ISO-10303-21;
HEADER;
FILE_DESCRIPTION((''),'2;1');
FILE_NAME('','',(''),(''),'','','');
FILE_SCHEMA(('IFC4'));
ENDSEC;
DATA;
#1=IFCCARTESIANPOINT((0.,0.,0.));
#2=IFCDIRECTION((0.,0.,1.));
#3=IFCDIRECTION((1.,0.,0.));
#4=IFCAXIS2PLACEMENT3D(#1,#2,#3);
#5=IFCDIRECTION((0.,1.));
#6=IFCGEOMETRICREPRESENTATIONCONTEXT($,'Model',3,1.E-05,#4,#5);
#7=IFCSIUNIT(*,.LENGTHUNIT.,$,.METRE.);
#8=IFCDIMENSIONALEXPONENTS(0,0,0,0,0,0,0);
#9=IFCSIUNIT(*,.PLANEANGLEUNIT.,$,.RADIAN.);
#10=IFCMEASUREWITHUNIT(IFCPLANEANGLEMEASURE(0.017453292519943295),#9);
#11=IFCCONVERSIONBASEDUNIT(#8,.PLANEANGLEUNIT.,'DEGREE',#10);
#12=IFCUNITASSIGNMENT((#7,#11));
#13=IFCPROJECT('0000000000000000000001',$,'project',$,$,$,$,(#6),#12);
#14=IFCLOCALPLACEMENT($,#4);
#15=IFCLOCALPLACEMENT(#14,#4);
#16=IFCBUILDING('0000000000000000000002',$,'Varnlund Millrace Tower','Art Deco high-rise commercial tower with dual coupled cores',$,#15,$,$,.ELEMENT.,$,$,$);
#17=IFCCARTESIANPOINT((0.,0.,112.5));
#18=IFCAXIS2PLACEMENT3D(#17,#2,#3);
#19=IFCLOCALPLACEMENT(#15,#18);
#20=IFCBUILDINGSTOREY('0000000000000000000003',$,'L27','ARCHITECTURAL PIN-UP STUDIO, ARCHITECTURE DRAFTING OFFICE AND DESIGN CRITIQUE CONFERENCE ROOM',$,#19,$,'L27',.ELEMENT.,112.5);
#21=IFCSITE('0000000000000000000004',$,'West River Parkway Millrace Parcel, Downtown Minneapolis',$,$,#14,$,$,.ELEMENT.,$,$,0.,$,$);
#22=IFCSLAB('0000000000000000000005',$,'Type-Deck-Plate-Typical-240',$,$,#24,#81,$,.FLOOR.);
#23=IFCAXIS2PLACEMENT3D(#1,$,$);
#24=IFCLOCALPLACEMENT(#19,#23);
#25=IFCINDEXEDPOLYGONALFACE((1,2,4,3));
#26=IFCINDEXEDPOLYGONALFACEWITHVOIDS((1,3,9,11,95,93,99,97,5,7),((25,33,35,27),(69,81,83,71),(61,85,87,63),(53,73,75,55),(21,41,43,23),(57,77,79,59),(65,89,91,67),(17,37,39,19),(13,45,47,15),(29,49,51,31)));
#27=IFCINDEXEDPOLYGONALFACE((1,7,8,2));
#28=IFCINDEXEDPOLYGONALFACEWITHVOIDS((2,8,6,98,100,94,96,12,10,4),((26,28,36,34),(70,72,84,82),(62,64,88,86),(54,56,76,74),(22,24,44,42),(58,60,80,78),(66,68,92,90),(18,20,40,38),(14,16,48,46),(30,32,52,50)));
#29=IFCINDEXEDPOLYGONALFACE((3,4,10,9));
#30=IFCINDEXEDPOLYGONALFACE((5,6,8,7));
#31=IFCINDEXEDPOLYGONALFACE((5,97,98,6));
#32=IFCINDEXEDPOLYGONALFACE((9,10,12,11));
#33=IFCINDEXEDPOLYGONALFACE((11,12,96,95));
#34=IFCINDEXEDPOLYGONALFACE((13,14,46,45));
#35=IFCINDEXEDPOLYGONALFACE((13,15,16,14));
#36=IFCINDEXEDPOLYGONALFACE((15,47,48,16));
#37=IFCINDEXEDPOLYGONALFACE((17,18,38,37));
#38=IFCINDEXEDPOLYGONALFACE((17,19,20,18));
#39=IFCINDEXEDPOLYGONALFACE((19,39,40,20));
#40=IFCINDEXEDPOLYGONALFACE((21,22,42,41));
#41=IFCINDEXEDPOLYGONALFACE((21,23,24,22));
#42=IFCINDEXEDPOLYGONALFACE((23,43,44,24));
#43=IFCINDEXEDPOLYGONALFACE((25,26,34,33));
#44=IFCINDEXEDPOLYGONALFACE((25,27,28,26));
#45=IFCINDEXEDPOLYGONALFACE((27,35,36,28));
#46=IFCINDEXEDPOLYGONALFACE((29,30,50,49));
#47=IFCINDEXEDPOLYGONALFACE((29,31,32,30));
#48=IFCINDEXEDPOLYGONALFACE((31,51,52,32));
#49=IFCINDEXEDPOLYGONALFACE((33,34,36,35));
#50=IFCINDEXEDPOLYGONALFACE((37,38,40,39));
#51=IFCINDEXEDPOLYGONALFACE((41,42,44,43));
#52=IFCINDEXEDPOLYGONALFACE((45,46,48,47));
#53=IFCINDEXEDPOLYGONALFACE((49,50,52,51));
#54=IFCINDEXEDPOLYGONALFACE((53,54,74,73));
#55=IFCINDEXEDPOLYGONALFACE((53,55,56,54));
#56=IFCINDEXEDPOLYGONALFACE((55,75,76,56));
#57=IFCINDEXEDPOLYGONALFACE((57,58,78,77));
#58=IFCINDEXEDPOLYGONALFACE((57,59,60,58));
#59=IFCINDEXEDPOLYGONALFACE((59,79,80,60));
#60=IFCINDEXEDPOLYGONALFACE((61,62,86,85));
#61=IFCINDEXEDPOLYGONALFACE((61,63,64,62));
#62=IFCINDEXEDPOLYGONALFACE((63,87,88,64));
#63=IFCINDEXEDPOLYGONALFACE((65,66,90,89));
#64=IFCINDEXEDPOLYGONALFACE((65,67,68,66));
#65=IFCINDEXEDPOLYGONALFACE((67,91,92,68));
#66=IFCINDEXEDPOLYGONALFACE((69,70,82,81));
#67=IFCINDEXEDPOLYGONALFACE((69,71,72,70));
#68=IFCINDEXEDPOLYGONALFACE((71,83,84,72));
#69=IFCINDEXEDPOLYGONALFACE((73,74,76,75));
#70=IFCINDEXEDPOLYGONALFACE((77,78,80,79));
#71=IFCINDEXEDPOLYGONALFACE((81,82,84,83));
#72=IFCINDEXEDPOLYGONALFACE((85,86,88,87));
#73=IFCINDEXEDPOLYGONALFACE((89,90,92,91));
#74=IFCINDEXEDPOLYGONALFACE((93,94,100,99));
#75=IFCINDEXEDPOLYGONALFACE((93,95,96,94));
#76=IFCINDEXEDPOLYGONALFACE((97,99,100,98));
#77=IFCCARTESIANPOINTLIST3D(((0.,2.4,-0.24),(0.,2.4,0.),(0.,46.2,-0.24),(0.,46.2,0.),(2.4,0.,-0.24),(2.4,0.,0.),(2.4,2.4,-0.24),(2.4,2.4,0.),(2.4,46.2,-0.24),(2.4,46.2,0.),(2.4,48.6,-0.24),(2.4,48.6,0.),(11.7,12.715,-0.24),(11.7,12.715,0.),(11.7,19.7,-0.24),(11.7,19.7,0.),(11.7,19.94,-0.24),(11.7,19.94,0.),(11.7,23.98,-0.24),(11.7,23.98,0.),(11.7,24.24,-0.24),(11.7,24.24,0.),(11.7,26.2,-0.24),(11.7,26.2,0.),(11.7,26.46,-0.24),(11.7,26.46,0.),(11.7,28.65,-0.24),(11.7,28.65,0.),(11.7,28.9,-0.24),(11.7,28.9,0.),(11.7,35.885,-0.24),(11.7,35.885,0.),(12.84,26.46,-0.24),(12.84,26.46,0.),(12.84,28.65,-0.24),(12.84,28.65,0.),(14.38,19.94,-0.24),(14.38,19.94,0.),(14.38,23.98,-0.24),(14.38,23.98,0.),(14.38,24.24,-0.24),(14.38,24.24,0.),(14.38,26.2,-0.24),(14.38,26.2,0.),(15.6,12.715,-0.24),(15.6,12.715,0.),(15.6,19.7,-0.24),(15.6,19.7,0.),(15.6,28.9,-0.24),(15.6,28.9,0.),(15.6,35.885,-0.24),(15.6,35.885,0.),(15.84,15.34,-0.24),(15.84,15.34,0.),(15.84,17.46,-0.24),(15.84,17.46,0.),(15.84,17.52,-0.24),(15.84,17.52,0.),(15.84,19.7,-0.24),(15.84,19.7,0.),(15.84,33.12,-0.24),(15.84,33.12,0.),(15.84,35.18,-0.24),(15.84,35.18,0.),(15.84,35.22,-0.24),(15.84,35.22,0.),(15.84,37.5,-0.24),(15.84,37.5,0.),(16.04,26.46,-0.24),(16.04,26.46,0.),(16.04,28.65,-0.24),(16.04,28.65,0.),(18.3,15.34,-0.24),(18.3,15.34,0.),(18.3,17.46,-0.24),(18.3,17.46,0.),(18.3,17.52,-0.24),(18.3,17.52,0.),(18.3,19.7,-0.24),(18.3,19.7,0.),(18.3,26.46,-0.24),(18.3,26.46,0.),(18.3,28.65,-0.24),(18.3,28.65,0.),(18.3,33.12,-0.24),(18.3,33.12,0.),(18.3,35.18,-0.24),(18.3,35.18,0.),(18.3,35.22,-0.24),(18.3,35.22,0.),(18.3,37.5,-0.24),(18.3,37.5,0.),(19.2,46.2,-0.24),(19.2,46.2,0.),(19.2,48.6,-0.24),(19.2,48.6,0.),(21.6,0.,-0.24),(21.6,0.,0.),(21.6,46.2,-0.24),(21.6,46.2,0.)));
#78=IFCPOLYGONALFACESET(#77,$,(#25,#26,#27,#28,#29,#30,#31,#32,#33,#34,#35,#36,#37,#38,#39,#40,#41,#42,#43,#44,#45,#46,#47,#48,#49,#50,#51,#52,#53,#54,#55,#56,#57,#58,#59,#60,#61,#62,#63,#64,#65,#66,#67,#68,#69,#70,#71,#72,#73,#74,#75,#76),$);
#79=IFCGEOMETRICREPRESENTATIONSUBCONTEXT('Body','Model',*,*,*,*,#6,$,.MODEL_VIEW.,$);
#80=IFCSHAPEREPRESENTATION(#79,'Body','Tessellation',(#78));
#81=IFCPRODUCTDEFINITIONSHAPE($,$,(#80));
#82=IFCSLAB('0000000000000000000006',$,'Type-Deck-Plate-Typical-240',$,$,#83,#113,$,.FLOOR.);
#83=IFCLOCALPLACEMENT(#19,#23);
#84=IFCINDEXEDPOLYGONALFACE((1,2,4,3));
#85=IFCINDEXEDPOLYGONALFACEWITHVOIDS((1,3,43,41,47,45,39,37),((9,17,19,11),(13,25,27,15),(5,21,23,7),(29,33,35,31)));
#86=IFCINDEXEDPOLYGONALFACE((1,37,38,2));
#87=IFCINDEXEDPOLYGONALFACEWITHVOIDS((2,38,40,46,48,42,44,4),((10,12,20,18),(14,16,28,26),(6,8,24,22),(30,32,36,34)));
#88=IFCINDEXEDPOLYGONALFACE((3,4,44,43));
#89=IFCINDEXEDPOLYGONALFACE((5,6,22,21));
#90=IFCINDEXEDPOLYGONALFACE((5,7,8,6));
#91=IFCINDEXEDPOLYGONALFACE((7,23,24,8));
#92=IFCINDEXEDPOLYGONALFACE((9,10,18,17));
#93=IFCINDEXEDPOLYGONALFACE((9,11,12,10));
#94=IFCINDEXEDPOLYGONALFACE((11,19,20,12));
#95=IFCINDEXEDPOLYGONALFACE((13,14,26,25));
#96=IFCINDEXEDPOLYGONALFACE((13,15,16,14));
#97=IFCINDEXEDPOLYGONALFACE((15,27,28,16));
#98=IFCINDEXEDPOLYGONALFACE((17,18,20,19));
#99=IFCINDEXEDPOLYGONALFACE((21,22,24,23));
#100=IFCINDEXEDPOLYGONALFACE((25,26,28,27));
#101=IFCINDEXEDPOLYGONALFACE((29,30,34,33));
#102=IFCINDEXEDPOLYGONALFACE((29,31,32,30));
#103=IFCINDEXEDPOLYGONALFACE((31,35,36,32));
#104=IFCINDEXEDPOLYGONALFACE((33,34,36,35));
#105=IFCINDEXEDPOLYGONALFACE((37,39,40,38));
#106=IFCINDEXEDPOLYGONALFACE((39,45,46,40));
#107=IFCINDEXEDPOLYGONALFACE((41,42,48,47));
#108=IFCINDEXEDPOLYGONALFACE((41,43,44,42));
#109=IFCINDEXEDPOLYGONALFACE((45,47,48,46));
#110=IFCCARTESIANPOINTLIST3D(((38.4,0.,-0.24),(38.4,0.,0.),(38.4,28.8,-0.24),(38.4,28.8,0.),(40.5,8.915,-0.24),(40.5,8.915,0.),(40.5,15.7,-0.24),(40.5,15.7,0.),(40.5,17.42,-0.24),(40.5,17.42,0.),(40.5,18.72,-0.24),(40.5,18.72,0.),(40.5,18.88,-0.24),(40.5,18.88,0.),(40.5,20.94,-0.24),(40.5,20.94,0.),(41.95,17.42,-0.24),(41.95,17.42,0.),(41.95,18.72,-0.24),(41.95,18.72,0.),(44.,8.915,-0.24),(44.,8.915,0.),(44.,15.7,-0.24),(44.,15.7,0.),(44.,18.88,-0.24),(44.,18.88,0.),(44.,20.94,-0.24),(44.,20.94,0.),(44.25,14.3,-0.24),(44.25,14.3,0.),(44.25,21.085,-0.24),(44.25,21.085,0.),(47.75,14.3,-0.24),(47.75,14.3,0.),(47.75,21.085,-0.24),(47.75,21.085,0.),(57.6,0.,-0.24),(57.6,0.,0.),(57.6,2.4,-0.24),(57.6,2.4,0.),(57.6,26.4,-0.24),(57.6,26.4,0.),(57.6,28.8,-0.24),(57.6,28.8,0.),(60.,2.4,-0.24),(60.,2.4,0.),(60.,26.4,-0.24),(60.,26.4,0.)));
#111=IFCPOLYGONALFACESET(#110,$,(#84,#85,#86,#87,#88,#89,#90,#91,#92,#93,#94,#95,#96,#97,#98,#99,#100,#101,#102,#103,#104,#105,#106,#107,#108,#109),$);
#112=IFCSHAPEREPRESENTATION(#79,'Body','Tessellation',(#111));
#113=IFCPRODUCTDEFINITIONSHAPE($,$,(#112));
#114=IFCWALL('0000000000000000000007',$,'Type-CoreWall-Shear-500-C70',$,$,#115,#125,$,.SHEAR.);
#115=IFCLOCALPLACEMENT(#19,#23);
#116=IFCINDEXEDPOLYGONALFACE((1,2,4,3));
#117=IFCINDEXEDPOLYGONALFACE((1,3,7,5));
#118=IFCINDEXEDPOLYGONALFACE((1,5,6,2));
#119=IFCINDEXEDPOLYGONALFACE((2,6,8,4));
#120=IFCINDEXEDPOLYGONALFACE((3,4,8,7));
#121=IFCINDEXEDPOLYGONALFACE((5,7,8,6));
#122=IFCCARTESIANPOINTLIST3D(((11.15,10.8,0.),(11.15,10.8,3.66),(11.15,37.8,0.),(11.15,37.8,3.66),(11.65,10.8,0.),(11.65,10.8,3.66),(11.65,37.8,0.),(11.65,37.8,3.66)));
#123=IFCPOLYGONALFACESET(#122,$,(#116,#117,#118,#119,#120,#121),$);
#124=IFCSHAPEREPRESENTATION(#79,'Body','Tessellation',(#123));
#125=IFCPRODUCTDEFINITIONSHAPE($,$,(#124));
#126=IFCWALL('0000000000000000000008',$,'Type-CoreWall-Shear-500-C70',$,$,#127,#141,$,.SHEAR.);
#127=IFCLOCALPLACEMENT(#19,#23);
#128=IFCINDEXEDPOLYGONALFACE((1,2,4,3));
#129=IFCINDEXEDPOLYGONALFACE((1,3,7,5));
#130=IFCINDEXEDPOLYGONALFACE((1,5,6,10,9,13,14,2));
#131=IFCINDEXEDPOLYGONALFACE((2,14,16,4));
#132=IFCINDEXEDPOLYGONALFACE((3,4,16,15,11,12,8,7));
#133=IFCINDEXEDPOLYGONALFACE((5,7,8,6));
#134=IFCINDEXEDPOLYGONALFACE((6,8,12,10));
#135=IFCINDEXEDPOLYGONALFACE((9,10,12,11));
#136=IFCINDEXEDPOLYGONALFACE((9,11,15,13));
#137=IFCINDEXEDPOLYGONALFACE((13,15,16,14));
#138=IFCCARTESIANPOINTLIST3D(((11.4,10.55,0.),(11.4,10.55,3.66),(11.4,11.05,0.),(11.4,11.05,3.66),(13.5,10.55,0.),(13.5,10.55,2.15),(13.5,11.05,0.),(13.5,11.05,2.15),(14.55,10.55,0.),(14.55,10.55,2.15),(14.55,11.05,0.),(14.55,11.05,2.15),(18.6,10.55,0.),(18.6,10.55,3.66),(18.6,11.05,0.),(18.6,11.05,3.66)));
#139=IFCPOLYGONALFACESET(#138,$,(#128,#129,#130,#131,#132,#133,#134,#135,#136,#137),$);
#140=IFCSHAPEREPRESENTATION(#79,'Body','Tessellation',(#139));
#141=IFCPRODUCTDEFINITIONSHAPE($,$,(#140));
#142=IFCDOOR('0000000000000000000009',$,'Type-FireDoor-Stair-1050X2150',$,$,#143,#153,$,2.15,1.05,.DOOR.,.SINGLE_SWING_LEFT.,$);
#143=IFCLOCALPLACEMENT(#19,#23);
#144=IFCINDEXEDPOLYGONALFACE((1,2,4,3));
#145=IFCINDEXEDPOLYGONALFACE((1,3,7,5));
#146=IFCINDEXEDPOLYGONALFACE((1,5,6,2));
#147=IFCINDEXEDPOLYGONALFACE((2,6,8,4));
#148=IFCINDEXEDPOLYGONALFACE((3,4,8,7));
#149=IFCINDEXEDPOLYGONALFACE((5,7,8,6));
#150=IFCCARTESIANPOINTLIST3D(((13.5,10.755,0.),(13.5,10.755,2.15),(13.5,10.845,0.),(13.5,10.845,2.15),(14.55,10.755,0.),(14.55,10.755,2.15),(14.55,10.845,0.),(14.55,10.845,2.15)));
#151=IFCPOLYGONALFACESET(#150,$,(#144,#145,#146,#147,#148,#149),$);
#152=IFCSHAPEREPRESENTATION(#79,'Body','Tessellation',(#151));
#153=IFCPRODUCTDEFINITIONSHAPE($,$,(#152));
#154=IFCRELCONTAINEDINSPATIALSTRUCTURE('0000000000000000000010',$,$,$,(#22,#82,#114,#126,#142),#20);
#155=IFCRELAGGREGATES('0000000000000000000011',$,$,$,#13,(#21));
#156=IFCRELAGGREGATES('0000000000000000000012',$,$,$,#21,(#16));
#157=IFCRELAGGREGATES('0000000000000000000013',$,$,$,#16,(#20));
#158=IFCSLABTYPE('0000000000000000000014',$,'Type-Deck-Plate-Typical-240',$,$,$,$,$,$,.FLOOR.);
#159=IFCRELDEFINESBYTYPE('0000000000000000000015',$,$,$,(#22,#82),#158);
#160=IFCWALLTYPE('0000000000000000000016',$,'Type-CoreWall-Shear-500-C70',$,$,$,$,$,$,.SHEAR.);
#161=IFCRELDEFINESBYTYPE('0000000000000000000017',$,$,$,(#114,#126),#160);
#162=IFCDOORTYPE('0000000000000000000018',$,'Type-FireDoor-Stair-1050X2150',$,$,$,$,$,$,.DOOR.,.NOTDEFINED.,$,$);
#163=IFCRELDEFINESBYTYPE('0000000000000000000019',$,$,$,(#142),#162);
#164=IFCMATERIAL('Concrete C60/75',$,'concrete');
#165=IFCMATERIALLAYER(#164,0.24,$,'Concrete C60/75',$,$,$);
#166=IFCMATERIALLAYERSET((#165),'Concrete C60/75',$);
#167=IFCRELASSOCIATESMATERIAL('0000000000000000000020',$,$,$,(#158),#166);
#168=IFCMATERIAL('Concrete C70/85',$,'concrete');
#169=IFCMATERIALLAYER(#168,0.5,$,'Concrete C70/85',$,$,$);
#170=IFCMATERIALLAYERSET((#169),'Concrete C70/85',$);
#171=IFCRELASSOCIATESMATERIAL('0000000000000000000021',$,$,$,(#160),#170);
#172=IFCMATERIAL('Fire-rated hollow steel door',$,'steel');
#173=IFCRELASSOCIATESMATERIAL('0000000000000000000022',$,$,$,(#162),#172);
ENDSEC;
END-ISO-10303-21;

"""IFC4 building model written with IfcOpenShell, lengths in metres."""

from ifc_helpers import new_model, entity, si_unit, converted_unit, direction, frame, origin_with_axes, origin_2d_with_axis, place, context, subcontext, project, spatial, polyline, rectangle, outline, extrude, material, layer, layer_set, type_object, element, fill, save


model = new_model("IFC4")

# Units and contexts
model_context = context("Model", 3, precision=1e-05, world=origin_with_axes(), true_north=direction((0.0, 1.0)))
body_context = subcontext(model_context, "Body", "Model", "MODEL_VIEW")
ifc_project = project(units=[si_unit("LENGTHUNIT", "METRE"), converted_unit("PLANEANGLEUNIT", "DEGREE", entity("IfcPlaneAngleMeasure", 0.017453292519943295), si_unit("PLANEANGLEUNIT", "RADIAN"), dimensions=[0, 0, 0, 0, 0, 0, 0])], contexts=[model_context])

# Site, building, storey
site_placement = place(None, origin_with_axes())
site = spatial("IfcSite", under=ifc_project, at=site_placement, Name="West River Parkway Millrace Parcel, Downtown Minneapolis", CompositionType="ELEMENT", RefElevation=0.0)
building_placement = place(site_placement, origin_with_axes())
building = spatial("IfcBuilding", under=site, at=building_placement, Name="Varnlund Millrace Tower", Description="Art Deco high-rise commercial tower with dual coupled cores", CompositionType="ELEMENT")
storey_placement = place(building_placement, frame((0.0, 0.0, 112.5), z_axis=(0.0, 0.0, 1.0), x_axis=(1.0, 0.0, 0.0)))
storey = spatial("IfcBuildingStorey", under=building, at=storey_placement, Name="L27", Description="ARCHITECTURAL PIN-UP STUDIO, ARCHITECTURE DRAFTING OFFICE AND DESIGN CRITIQUE CONFERENCE ROOM", LongName="L27", CompositionType="ELEMENT", Elevation=112.5)

# Slabs
ifc_material_1 = material(Name="Concrete C60/75", Category="concrete")
ifc_layer_1 = layer(ifc_material_1, 0.24, Name="Concrete C60/75")
ifc_layer_set_1 = layer_set([ifc_layer_1], Name="Concrete C60/75")
slab_type = type_object("IfcSlabType", Name="Type-Deck-Plate-Typical-240", PredefinedType="FLOOR", material=ifc_layer_set_1)
slab_1_placement = place(storey_placement, frame((0.0, 0.0, -0.24), z_axis=(0.0, 0.0, 1.0), x_axis=(1.0, 0.0, 0.0)))
element("IfcSlab", 1, at=slab_1_placement, inside=storey, type_object=slab_type, Name="Type-Deck-Plate-Typical-240", PredefinedType="FLOOR", context=body_context, shape_type="SweptSolid", body=[
    extrude(outline(polyline([(2.4, 2.4), (2.4, 0.0), (21.6, 0.0), (21.6, 46.2), (19.2, 46.2), (19.2, 48.6), (2.4, 48.6), (2.4, 46.2), (0.0, 46.2), (0.0, 2.4), (2.4, 2.4)]), holes=[polyline([(15.6, 19.7), (15.6, 12.715), (11.7, 12.715), (11.7, 19.7), (15.6, 19.7)]), polyline([(11.7, 23.98), (14.38, 23.98), (14.38, 19.94), (11.7, 19.94), (11.7, 23.98)]), polyline([(14.38, 24.24), (11.7, 24.24), (11.7, 26.2), (14.38, 26.2), (14.38, 24.24)]), polyline([(12.84, 26.46), (11.7, 26.46), (11.7, 28.65), (12.84, 28.65), (12.84, 26.46)]), polyline([(15.6, 35.885), (15.6, 28.9), (11.7, 28.9), (11.7, 35.885), (15.6, 35.885)]), polyline([(18.3, 15.34), (15.84, 15.34), (15.84, 17.46), (18.3, 17.46), (18.3, 15.34)]), polyline([(18.3, 17.52), (15.84, 17.52), (15.84, 19.7), (18.3, 19.7), (18.3, 17.52)]), polyline([(18.3, 28.65), (18.3, 26.46), (16.04, 26.46), (16.04, 28.65), (18.3, 28.65)]), polyline([(18.3, 33.12), (15.84, 33.12), (15.84, 35.18), (18.3, 35.18), (18.3, 33.12)]), polyline([(18.3, 35.22), (15.84, 35.22), (15.84, 37.5), (18.3, 37.5), (18.3, 35.22)])]), origin_with_axes(), (0.0, 0.0, 1.0), 0.24),
])
slab_2_placement = place(storey_placement, frame((0.0, 0.0, -0.24), z_axis=(0.0, 0.0, 1.0), x_axis=(1.0, 0.0, 0.0)))
element("IfcSlab", 2, at=slab_2_placement, inside=storey, type_object=slab_type, Name="Type-Deck-Plate-Typical-240", PredefinedType="FLOOR", context=body_context, shape_type="SweptSolid", body=[
    extrude(outline(polyline([(38.4, 0.0), (57.6, 0.0), (57.6, 2.4), (60.0, 2.4), (60.0, 26.4), (57.6, 26.4), (57.6, 28.8), (38.4, 28.8), (38.4, 0.0)]), holes=[polyline([(40.5, 15.7), (44.0, 15.7), (44.0, 8.915), (40.5, 8.915), (40.5, 15.7)]), polyline([(44.25, 21.085), (47.75, 21.085), (47.75, 14.3), (44.25, 14.3), (44.25, 21.085)]), polyline([(40.5, 18.72), (41.95, 18.72), (41.95, 17.42), (40.5, 17.42), (40.5, 18.72)]), polyline([(40.5, 20.94), (44.0, 20.94), (44.0, 18.88), (40.5, 18.88), (40.5, 20.94)])]), origin_with_axes(), (0.0, 0.0, 1.0), 0.24),
])

# Wall
ifc_material_2 = material(Name="Concrete C70/85", Category="concrete")
ifc_layer_2 = layer(ifc_material_2, 0.5, Name="Concrete C70/85")
ifc_layer_set_2 = layer_set([ifc_layer_2], Name="Concrete C70/85")
wall_type = type_object("IfcWallType", Name="Type-CoreWall-Shear-500-C70", PredefinedType="SHEAR", material=ifc_layer_set_2)
wall_1_placement = place(storey_placement, frame((11.4, 10.8, 0.0), z_axis=(0.0, 0.0, 1.0), x_axis=(0.0, 1.0, 0.0)))
element("IfcWall", 3, at=wall_1_placement, inside=storey, type_object=wall_type, Name="Type-CoreWall-Shear-500-C70", PredefinedType="SHEAR", context=body_context, shape_type="SweptSolid", body=[
    extrude(outline(polyline([(0.0, -0.25), (27.0, -0.25), (27.0, 0.25), (0.0, 0.25), (0.0, -0.25)])), origin_with_axes(), (0.0, 0.0, 1.0), 3.66),
])

# Wall, opening, door
wall_2_placement = place(storey_placement, frame((11.4, 10.8, 0.0), z_axis=(0.0, 0.0, 1.0), x_axis=(1.0, 0.0, 0.0)))
wall_2 = element("IfcWall", 4, at=wall_2_placement, inside=storey, type_object=wall_type, Name="Type-CoreWall-Shear-500-C70", PredefinedType="SHEAR", context=body_context, shape_type="SweptSolid", body=[
    extrude(outline(polyline([(0.0, -0.25), (7.2, -0.25), (7.2, 0.25), (0.0, 0.25), (0.0, -0.25)])), origin_with_axes(), (0.0, 0.0, 1.0), 3.66),
])
opening_1_placement = place(wall_2_placement, frame((2.625, 0.0, 0.0), z_axis=(0.0, 0.0, 1.0), x_axis=(1.0, 0.0, 0.0)))
opening_1 = element("IfcOpeningElement", 5, at=opening_1_placement, cuts=wall_2, PredefinedType="OPENING", context=body_context, shape_type="SweptSolid", body=[
    extrude(rectangle(XDim=1.05, YDim=0.52, at=origin_2d_with_axis()), origin_with_axes(), (0.0, 0.0, 1.0), 2.15),
])
ifc_material_3 = material(Name="Fire-rated hollow steel door", Category="steel")
door_type = type_object("IfcDoorType", Name="Type-FireDoor-Stair-1050X2150", OperationType="NOTDEFINED", PredefinedType="DOOR", material=ifc_material_3)
door_1_placement = place(wall_2_placement, frame((2.625, 0.0, 0.0), z_axis=(0.0, 0.0, 1.0), x_axis=(1.0, 0.0, 0.0)))
door_1 = element("IfcDoor", 6, at=door_1_placement, inside=storey, type_object=door_type, Name="Type-FireDoor-Stair-1050X2150", OperationType="SINGLE_SWING_LEFT", OverallHeight=2.15, OverallWidth=1.05, PredefinedType="DOOR", context=body_context, shape_type="SweptSolid", body=[
    extrude(rectangle(XDim=1.05, YDim=0.09, at=origin_2d_with_axis()), origin_with_axes(), (0.0, 0.0, 1.0), 2.15),
])
fill(opening_1, door_1)

save(model, "model.ifc")
